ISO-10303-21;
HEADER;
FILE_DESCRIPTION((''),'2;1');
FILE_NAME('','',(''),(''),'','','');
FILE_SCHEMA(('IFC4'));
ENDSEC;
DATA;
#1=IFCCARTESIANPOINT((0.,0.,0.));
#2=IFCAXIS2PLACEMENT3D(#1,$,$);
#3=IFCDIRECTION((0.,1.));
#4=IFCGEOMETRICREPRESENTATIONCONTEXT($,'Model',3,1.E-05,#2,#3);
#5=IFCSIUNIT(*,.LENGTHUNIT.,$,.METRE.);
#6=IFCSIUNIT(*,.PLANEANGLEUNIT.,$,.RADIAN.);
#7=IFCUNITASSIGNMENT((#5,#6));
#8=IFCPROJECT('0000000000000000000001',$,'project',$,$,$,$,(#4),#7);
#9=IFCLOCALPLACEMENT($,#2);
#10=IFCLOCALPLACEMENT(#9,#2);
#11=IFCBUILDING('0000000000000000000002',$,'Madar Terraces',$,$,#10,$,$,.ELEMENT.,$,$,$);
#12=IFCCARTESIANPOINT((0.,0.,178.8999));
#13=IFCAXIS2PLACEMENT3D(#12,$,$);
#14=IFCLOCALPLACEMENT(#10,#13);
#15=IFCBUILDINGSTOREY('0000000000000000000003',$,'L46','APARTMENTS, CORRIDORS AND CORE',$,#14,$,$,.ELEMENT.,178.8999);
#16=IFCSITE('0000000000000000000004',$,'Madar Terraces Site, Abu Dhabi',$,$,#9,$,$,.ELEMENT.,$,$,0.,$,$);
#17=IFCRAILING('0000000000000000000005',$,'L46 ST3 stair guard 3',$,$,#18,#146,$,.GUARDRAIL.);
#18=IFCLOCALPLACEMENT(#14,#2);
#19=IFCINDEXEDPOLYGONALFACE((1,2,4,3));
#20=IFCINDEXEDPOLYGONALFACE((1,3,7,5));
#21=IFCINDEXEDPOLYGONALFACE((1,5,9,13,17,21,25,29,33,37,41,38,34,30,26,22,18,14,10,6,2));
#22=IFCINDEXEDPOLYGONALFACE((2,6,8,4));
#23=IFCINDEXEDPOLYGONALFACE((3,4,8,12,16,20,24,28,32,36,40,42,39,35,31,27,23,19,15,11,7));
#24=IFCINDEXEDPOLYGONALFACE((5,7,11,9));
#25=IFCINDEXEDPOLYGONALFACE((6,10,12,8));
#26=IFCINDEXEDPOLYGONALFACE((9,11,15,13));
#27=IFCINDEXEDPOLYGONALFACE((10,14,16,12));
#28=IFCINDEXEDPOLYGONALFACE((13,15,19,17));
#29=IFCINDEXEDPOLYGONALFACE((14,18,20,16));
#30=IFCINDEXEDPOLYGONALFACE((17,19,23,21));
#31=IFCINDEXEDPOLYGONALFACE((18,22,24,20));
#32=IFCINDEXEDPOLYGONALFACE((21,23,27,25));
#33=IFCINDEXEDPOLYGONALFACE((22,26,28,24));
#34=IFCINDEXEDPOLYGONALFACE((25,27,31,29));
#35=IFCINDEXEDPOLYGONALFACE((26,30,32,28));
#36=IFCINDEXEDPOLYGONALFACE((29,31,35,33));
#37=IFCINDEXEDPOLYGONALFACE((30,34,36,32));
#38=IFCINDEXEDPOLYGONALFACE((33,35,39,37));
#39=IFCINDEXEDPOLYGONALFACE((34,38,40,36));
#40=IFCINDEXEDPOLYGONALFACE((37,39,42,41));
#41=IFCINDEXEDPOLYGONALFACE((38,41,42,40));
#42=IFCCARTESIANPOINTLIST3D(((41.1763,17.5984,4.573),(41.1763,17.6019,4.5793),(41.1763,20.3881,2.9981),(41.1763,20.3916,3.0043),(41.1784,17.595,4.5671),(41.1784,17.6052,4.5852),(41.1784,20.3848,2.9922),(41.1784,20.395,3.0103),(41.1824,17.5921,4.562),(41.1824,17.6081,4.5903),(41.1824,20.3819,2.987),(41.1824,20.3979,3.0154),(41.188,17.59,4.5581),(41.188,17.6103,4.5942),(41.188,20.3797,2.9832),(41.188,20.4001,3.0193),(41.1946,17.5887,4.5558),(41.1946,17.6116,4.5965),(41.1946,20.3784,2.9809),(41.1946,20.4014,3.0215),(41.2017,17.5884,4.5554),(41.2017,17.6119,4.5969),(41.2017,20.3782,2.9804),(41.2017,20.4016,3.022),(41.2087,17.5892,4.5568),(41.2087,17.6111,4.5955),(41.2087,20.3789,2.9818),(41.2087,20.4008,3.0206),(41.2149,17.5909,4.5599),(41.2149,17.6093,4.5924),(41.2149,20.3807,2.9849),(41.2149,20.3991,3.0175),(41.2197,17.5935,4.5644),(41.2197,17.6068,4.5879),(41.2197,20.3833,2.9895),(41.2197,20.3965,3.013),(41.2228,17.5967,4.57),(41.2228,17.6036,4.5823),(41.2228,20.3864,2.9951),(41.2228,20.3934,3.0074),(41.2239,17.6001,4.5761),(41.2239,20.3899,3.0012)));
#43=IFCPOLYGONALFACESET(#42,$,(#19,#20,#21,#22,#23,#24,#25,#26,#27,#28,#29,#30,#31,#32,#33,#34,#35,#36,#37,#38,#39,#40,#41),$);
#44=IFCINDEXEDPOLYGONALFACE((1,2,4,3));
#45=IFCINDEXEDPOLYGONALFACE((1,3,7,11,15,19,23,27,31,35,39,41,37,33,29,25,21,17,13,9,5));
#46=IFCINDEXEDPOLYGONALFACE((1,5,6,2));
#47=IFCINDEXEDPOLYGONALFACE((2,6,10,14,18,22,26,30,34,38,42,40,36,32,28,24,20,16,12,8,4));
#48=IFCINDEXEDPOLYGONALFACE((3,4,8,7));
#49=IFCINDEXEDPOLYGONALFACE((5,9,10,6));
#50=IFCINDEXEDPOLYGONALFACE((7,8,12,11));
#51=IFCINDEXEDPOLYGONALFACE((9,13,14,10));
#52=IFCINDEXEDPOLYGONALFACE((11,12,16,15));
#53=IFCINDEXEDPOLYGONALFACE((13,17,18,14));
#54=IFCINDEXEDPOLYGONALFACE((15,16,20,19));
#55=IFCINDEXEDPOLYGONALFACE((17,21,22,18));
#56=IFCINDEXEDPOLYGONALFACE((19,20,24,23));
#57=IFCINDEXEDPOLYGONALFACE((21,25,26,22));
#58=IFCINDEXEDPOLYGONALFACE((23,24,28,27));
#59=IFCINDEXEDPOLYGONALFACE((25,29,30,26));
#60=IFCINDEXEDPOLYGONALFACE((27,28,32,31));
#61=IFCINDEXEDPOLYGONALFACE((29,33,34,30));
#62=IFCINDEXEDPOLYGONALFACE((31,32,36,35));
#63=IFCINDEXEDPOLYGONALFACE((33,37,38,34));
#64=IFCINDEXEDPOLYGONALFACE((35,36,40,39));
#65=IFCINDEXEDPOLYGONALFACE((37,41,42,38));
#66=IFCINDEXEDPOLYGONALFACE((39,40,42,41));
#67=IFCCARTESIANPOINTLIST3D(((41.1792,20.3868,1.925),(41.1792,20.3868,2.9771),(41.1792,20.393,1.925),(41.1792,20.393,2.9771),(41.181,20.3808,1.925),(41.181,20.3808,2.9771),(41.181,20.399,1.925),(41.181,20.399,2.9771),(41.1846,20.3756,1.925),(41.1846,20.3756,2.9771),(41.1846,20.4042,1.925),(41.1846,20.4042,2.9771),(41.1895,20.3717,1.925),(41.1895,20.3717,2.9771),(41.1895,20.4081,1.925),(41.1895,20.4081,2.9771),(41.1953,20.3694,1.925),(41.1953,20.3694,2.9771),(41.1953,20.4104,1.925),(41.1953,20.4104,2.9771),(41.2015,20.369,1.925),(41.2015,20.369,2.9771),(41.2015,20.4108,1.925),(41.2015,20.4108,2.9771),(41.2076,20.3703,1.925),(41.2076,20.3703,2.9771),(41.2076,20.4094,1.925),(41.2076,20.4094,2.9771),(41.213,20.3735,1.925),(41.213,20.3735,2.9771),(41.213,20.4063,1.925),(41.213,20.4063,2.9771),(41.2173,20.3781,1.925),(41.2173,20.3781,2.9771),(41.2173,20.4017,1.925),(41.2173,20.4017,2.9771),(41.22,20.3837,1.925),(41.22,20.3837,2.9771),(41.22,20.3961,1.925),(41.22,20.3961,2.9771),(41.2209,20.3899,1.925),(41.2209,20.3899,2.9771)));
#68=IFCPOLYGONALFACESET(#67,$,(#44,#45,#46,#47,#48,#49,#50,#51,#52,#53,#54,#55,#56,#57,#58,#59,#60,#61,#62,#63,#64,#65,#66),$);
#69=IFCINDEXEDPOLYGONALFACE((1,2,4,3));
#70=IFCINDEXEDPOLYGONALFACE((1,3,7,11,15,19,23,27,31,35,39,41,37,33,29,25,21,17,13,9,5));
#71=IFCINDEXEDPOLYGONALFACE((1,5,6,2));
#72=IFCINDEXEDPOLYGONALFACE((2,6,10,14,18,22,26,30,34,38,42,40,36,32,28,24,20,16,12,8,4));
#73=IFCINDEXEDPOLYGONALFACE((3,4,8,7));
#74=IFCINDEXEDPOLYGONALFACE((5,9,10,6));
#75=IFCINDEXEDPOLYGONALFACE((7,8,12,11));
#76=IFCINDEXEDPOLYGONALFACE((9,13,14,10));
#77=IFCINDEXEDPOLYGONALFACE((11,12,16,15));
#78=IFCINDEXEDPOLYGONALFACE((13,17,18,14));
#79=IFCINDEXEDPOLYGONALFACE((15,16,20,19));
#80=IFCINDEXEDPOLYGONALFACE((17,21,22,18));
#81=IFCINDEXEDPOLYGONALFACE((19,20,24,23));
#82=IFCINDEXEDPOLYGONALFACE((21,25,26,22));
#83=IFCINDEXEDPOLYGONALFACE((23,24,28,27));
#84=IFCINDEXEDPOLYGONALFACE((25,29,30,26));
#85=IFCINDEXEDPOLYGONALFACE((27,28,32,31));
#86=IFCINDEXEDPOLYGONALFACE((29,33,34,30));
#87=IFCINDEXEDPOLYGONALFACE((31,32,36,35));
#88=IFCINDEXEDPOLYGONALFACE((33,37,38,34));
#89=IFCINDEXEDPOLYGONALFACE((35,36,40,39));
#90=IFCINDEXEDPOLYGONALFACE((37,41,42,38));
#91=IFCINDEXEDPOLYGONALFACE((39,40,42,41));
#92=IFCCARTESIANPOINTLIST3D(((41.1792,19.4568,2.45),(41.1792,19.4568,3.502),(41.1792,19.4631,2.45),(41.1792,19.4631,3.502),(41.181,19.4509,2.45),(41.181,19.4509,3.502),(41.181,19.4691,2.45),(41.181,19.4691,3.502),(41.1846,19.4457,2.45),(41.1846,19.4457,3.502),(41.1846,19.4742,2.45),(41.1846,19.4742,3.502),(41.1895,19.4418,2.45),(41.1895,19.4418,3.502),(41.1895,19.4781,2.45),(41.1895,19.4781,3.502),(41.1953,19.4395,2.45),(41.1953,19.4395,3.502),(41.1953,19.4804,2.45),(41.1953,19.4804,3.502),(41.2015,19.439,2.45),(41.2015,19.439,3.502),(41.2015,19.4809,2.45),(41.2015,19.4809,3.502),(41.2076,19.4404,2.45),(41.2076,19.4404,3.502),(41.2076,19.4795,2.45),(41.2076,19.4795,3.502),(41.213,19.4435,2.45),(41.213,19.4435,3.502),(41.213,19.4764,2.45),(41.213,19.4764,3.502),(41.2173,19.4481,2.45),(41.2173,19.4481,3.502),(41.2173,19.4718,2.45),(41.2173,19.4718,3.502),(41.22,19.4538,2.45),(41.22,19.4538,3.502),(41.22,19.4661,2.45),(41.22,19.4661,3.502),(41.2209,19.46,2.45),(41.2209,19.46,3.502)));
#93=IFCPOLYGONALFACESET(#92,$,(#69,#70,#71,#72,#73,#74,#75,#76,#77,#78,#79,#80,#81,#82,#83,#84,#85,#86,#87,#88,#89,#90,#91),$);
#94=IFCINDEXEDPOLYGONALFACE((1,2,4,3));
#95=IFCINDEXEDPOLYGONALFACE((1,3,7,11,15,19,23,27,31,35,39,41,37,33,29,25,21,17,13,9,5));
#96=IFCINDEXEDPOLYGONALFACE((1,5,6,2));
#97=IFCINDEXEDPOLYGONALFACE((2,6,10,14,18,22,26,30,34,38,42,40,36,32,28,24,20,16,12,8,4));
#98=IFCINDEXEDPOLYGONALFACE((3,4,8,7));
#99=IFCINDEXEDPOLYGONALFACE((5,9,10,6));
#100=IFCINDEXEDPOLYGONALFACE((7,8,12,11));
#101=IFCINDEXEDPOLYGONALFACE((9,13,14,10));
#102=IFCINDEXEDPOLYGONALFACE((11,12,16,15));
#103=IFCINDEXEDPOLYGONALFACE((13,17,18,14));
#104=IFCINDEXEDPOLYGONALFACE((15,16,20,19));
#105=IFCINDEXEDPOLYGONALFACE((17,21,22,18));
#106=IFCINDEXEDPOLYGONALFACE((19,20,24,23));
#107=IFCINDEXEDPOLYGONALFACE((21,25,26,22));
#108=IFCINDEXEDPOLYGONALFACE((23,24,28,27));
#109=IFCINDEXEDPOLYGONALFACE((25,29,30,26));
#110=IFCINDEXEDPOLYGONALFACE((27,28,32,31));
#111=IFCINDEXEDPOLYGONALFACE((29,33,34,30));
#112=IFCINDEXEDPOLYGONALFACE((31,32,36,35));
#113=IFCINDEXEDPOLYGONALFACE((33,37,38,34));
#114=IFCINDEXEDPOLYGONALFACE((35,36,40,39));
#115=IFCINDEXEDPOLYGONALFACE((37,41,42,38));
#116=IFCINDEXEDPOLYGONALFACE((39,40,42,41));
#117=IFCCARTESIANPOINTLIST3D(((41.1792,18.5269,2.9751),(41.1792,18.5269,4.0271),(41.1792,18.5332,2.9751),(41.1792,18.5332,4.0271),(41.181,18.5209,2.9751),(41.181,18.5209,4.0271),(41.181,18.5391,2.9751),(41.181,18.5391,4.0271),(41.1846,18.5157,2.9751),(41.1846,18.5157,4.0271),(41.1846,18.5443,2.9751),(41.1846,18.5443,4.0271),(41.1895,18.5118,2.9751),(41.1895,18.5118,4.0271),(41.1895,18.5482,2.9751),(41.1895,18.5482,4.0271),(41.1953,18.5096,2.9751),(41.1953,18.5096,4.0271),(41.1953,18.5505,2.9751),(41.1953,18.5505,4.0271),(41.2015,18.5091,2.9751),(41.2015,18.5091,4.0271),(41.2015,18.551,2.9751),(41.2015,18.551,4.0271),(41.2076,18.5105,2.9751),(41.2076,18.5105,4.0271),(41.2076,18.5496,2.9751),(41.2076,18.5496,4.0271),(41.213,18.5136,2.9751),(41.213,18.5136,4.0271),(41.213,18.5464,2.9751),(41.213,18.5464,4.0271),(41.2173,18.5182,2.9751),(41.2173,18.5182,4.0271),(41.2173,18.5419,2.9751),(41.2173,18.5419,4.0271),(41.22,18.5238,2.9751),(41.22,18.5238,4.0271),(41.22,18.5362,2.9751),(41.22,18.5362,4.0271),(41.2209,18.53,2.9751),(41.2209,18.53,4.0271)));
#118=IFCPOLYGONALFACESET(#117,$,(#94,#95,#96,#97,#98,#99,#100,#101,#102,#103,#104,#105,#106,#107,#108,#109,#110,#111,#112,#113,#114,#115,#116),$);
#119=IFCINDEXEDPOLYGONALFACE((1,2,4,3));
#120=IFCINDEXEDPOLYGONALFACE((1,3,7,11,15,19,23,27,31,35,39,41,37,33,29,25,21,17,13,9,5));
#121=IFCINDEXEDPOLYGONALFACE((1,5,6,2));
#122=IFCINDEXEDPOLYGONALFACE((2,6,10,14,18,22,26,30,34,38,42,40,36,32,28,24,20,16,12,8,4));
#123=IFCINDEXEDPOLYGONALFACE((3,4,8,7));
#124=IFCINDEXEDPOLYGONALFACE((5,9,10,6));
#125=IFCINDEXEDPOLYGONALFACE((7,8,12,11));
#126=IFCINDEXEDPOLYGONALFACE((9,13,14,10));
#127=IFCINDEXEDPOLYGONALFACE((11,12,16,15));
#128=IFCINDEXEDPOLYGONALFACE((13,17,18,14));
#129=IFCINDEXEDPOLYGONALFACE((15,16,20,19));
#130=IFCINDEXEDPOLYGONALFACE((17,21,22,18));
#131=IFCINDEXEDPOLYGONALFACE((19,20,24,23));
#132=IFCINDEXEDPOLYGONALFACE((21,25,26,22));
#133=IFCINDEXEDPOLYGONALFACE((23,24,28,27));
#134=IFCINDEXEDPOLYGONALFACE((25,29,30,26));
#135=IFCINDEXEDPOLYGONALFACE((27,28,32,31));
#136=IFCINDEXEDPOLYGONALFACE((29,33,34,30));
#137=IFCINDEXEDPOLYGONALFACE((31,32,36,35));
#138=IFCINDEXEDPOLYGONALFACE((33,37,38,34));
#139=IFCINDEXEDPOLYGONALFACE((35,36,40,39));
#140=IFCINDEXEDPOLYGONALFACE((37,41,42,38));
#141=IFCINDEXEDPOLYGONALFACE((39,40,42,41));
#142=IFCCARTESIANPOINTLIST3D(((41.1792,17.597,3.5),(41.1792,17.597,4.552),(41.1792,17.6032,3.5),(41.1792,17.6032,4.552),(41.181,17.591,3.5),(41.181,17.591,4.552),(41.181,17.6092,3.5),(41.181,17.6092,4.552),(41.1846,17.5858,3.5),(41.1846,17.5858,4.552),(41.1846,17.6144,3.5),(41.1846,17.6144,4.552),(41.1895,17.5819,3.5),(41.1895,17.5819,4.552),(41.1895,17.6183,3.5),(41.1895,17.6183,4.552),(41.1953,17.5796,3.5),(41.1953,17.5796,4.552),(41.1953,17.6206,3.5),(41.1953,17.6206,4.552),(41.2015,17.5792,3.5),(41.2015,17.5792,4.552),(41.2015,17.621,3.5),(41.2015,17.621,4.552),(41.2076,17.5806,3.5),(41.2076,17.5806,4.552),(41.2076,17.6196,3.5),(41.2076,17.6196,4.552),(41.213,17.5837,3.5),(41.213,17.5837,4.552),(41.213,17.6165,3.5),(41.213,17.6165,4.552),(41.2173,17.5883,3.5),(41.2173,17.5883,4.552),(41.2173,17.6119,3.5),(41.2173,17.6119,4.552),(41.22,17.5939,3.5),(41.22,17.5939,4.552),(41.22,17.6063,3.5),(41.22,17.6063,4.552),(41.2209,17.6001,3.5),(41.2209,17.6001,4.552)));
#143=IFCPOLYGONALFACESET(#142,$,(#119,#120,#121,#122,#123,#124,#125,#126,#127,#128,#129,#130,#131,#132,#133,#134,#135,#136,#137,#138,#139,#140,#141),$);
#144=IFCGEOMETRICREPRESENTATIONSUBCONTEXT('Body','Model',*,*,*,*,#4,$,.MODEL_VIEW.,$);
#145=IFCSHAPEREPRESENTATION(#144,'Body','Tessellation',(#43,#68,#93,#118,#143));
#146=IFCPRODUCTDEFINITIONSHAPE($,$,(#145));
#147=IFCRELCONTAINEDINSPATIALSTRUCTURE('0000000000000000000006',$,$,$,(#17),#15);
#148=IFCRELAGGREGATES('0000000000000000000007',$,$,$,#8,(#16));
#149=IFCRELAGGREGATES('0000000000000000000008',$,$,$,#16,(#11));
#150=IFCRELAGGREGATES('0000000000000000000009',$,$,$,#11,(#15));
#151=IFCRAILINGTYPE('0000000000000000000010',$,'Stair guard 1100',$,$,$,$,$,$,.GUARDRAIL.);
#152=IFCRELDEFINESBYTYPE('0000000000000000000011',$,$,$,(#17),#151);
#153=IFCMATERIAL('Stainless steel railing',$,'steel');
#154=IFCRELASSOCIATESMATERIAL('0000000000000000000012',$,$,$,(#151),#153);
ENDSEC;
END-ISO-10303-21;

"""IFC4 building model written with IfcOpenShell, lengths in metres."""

from ifc_helpers import new_model, si_unit, direction, frame, origin, origin_2d, place, context, subcontext, project, spatial, circle, extrude, material, type_object, element, save


model = new_model("IFC4")

# Units and contexts
model_context = context("Model", 3, precision=1e-05, world=origin(), true_north=direction((0.0, 1.0)))
body_context = subcontext(model_context, "Body", "Model", "MODEL_VIEW")
ifc_project = project(units=[si_unit("LENGTHUNIT", "METRE"), si_unit("PLANEANGLEUNIT", "RADIAN")], contexts=[model_context])

# Site, building, storey
site_placement = place(None, origin())
site = spatial("IfcSite", under=ifc_project, at=site_placement, Name="Madar Terraces Site, Abu Dhabi", CompositionType="ELEMENT", RefElevation=0.0)
building_placement = place(site_placement, origin())
building = spatial("IfcBuilding", under=site, at=building_placement, Name="Madar Terraces", CompositionType="ELEMENT")
storey_placement = place(building_placement, frame((0.0, 0.0, 178.8999)))
storey = spatial("IfcBuildingStorey", under=building, at=storey_placement, Name="L46", Description="APARTMENTS, CORRIDORS AND CORE", CompositionType="ELEMENT", Elevation=178.8999)

# Railing
ifc_material_1 = material(Name="Stainless steel railing", Category="steel")
railing_type_1 = type_object("IfcRailingType", Name="Stair guard 1100", PredefinedType="GUARDRAIL", material=ifc_material_1)
railing_1_placement = place(storey_placement, frame((41.2, 20.3899, 1.925)))
element("IfcRailing", 1, at=railing_1_placement, inside=storey, type_object=railing_type_1, Name="L46 ST3 stair guard 3", PredefinedType="GUARDRAIL", context=body_context, shape_type="SweptSolid", body=[
    extrude(circle(Radius=0.0239, at=origin_2d()), frame((0.0, 0.0, 1.0762), z_axis=(0.0, -0.870815, 0.49161), x_axis=(1.0, 0.0, 0.0)), (0.0, 0.0, 1.0), 3.2036),
    extrude(circle(Radius=0.021, at=origin_2d()), origin(), (0.0, 0.0, 1.0), 1.052),
    extrude(circle(Radius=0.021, at=origin_2d()), frame((0.0, -0.9299, 0.5249)), (0.0, 0.0, 1.0), 1.052),
    extrude(circle(Radius=0.021, at=origin_2d()), frame((0.0, -1.8599, 1.05)), (0.0, 0.0, 1.0), 1.052),
    extrude(circle(Radius=0.021, at=origin_2d()), frame((0.0, -2.7898, 1.575)), (0.0, 0.0, 1.0), 1.052),
])

save(model, "model.ifc")
